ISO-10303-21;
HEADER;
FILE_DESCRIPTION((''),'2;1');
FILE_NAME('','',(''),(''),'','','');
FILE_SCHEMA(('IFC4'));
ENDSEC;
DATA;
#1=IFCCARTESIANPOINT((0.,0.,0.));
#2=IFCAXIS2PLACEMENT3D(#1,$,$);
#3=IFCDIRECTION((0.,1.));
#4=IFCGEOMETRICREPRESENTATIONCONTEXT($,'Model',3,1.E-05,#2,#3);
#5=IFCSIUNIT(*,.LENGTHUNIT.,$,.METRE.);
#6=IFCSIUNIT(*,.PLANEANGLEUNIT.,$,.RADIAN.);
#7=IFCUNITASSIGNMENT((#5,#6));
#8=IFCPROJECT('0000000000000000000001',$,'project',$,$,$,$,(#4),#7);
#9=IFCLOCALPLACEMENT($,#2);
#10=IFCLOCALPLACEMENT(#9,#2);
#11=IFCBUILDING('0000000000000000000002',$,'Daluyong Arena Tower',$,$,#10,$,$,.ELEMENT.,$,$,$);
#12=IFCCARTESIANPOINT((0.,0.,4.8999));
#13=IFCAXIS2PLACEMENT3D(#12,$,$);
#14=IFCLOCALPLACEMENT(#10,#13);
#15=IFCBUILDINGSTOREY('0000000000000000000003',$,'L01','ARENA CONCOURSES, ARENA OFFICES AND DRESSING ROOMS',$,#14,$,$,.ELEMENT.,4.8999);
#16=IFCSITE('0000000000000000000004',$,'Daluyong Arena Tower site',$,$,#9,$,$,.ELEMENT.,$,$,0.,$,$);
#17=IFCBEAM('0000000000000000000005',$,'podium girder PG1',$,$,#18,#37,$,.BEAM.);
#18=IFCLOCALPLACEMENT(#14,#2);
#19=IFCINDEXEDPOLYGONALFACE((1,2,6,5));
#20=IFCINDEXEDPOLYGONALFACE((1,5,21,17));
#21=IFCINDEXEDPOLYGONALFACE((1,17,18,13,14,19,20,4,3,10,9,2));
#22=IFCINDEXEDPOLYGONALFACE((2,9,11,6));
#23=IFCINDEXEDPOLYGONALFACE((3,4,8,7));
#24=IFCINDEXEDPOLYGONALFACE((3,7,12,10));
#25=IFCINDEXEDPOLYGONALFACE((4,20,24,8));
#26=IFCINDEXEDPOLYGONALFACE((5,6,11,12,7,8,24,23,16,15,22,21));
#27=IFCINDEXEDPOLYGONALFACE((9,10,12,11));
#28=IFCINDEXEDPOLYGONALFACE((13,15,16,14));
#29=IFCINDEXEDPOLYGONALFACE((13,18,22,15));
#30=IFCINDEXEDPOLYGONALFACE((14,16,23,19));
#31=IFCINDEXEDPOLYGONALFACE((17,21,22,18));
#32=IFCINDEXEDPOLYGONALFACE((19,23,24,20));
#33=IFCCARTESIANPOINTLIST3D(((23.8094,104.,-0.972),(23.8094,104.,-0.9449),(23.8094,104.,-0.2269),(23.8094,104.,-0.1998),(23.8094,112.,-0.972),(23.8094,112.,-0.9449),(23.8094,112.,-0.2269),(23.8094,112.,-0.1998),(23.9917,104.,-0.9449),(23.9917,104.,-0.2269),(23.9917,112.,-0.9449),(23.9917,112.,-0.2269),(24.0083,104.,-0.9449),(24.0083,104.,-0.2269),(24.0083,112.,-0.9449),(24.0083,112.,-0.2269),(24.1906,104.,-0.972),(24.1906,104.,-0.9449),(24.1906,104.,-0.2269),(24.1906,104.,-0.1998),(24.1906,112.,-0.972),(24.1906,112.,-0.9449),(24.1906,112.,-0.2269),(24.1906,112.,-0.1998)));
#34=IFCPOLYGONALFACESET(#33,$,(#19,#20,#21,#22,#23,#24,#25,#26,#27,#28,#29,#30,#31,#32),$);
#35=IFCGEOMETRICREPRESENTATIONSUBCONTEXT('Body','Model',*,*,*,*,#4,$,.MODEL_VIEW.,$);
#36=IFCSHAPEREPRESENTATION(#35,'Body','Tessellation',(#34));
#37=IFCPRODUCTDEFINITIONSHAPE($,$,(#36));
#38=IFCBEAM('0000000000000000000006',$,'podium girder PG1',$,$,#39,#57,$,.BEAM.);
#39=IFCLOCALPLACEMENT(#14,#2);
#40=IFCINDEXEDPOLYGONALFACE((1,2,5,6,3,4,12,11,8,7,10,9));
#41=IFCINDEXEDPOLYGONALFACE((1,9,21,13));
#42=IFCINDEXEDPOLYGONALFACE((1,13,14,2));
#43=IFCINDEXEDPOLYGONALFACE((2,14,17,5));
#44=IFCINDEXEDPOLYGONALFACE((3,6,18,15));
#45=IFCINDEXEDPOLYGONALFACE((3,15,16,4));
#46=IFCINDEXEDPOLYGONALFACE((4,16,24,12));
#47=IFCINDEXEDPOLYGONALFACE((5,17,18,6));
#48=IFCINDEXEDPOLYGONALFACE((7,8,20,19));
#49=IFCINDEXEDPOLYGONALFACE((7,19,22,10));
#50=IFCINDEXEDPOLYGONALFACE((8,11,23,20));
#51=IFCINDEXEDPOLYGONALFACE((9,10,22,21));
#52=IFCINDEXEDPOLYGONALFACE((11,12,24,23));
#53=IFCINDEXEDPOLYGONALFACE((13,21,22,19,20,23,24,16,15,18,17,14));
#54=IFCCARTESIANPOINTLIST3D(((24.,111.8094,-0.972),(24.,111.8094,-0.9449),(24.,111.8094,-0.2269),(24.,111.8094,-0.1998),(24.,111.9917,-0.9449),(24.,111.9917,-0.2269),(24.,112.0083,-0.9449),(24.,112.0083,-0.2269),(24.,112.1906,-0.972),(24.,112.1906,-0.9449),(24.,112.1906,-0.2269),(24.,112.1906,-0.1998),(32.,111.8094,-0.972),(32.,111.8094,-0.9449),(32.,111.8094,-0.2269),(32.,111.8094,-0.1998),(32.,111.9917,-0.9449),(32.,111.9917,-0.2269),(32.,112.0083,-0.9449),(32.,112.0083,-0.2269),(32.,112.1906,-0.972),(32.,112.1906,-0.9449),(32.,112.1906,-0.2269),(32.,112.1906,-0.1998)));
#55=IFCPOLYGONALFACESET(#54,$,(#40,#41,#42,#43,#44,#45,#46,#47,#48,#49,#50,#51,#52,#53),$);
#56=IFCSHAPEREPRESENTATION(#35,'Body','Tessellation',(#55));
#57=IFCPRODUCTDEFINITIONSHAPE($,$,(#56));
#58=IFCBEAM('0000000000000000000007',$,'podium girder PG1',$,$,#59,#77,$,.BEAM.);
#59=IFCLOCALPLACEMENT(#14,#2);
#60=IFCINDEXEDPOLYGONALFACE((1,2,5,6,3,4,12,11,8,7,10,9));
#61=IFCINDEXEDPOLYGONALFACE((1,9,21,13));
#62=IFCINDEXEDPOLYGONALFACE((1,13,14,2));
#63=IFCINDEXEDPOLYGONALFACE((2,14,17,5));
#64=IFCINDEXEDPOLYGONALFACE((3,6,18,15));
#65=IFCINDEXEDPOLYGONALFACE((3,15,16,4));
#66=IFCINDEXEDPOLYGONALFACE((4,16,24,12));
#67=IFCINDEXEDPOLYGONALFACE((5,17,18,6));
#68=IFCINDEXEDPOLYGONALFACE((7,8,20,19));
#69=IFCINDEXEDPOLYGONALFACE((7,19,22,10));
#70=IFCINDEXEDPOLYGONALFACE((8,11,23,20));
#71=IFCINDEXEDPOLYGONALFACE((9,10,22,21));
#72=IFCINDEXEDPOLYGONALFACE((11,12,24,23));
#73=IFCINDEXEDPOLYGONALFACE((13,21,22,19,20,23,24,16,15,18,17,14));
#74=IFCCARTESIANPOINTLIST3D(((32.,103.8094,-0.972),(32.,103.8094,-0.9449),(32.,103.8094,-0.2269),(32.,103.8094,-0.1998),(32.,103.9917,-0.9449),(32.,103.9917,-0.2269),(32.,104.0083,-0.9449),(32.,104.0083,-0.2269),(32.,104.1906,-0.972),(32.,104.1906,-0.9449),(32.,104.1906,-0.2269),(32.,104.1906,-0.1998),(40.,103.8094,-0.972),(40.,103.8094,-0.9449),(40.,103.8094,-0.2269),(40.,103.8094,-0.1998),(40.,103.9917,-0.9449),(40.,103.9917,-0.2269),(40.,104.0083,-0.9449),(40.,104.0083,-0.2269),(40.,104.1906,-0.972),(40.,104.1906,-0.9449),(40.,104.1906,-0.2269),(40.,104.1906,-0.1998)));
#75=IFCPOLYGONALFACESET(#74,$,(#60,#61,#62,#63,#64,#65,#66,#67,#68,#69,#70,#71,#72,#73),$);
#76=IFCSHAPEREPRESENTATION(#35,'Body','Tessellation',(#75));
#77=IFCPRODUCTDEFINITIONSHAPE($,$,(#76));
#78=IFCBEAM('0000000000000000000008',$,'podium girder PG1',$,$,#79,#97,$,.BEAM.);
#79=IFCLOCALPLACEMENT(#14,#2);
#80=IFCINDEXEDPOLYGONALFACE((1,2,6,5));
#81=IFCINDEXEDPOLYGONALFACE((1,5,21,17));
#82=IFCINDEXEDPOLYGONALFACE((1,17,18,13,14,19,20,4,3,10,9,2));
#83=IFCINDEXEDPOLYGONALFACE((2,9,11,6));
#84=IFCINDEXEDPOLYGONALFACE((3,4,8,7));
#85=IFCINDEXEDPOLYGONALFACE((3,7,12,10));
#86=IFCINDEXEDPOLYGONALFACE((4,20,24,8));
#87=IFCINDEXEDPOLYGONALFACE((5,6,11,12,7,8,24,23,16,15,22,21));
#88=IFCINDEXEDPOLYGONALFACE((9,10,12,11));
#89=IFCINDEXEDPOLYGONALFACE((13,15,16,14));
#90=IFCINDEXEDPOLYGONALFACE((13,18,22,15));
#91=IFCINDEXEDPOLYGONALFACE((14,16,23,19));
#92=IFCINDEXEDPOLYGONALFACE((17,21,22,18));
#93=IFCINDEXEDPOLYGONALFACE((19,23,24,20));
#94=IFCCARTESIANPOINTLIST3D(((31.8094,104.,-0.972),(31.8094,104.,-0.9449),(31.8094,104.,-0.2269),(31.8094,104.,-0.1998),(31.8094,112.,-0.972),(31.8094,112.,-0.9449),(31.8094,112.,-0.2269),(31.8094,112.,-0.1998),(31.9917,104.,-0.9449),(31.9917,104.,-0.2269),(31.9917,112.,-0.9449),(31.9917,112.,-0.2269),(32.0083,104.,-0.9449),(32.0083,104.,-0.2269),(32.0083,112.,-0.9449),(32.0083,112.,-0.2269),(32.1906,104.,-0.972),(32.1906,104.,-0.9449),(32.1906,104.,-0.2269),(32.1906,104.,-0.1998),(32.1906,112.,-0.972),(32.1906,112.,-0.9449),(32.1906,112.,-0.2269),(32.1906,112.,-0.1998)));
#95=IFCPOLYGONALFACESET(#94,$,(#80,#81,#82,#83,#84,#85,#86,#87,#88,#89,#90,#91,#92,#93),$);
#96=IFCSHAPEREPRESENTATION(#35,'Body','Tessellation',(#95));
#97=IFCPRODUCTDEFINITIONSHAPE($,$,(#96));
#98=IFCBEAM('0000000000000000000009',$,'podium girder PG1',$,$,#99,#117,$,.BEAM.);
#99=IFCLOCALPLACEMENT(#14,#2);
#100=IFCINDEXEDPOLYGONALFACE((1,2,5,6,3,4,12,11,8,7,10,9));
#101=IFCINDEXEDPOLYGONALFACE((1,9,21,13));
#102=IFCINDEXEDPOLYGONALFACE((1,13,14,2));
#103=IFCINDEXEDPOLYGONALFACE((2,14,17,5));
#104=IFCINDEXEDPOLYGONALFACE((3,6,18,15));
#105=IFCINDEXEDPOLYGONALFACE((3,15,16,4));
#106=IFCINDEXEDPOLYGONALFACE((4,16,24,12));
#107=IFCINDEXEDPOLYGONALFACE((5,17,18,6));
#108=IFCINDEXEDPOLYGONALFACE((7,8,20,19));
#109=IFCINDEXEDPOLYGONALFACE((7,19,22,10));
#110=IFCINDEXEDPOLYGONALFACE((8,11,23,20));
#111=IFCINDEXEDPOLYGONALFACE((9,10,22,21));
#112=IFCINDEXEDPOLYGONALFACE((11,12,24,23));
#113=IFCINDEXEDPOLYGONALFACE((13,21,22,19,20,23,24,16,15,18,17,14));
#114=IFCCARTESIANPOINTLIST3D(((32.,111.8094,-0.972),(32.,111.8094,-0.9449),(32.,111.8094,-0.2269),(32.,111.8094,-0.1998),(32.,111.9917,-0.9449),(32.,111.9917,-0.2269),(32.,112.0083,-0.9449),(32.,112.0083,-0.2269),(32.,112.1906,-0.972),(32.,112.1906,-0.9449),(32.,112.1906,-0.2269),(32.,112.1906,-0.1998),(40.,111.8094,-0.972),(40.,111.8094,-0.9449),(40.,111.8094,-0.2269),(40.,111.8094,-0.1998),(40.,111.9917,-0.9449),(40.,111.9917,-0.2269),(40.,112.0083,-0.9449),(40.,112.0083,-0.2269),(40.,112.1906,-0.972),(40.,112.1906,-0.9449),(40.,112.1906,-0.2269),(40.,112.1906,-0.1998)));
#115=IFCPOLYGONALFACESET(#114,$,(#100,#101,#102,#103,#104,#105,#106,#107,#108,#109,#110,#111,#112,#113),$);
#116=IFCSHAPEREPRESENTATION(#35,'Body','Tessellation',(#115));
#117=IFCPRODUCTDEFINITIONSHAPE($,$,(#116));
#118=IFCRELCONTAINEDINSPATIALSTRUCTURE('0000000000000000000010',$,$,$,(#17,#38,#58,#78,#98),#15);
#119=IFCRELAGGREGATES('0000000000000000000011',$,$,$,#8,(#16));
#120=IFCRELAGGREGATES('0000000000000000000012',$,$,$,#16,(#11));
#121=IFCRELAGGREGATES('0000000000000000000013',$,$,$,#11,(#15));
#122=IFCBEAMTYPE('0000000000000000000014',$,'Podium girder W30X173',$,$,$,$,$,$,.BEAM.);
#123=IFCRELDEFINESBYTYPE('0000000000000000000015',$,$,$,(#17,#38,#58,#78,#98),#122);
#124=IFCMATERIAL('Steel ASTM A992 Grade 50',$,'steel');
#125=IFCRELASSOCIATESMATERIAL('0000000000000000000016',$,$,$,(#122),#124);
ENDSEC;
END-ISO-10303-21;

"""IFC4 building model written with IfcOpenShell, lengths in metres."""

from ifc_helpers import new_model, si_unit, direction, frame, origin, origin_2d, place, context, subcontext, project, spatial, i_section, extrude, material, material_profile, profile_set, type_object, element, save


model = new_model("IFC4")

# Units and contexts
model_context = context("Model", 3, precision=1e-05, world=origin(), true_north=direction((0.0, 1.0)))
body_context = subcontext(model_context, "Body", "Model", "MODEL_VIEW")
ifc_project = project(units=[si_unit("LENGTHUNIT", "METRE"), si_unit("PLANEANGLEUNIT", "RADIAN")], contexts=[model_context])

# Site, building, storey
site_placement = place(None, origin())
site = spatial("IfcSite", under=ifc_project, at=site_placement, Name="Daluyong Arena Tower site", CompositionType="ELEMENT", RefElevation=0.0)
building_placement = place(site_placement, origin())
building = spatial("IfcBuilding", under=site, at=building_placement, Name="Daluyong Arena Tower", CompositionType="ELEMENT")
storey_placement = place(building_placement, frame((0.0, 0.0, 4.8999)))
storey = spatial("IfcBuildingStorey", under=building, at=storey_placement, Name="L01", Description="ARENA CONCOURSES, ARENA OFFICES AND DRESSING ROOMS", CompositionType="ELEMENT", Elevation=4.8999)

# Beams
ifc_material_1 = material(Name="Steel ASTM A992 Grade 50", Category="steel")
ifc_material_profile_1 = material_profile(ifc_material_1, i_section(OverallWidth=0.3811, OverallDepth=0.7722, WebThickness=0.0166, FlangeThickness=0.0271, at=origin_2d()))
ifc_profile_set_1 = profile_set([ifc_material_profile_1], Name="Steel ASTM A992 Grade 50")
beam_type_1 = type_object("IfcBeamType", Name="Podium girder W30X173", PredefinedType="BEAM", material=ifc_profile_set_1)
for number, where, z_axis, x_axis, name in (
    (1, (24.0, 104.0, -0.5859), (0.0, 1.0, 0.0), (-1.0, 0.0, 0.0), "podium girder PG1"),
    (2, (24.0, 112.0, -0.5859), (1.0, 0.0, 0.0), (0.0, 1.0, 0.0), "podium girder PG1"),
    (3, (32.0, 104.0, -0.5859), (1.0, 0.0, 0.0), (0.0, 1.0, 0.0), "podium girder PG1"),
    (4, (32.0, 104.0, -0.5859), (0.0, 1.0, 0.0), (-1.0, 0.0, 0.0), "podium girder PG1"),
    (5, (32.0, 112.0, -0.5859), (1.0, 0.0, 0.0), (0.0, 1.0, 0.0), "podium girder PG1"),
):
    element("IfcBeam", number, at=place(storey_placement, frame(where, z_axis=z_axis, x_axis=x_axis)), inside=storey, type_object=beam_type_1, Name=name, PredefinedType="BEAM", context=body_context, shape_type="SweptSolid", body=[
        extrude(i_section(OverallWidth=0.3811, OverallDepth=0.7722, WebThickness=0.0166, FlangeThickness=0.0271, at=origin_2d()), origin(), (0.0, 0.0, 1.0), 8.0),
    ])

save(model, "model.ifc")
